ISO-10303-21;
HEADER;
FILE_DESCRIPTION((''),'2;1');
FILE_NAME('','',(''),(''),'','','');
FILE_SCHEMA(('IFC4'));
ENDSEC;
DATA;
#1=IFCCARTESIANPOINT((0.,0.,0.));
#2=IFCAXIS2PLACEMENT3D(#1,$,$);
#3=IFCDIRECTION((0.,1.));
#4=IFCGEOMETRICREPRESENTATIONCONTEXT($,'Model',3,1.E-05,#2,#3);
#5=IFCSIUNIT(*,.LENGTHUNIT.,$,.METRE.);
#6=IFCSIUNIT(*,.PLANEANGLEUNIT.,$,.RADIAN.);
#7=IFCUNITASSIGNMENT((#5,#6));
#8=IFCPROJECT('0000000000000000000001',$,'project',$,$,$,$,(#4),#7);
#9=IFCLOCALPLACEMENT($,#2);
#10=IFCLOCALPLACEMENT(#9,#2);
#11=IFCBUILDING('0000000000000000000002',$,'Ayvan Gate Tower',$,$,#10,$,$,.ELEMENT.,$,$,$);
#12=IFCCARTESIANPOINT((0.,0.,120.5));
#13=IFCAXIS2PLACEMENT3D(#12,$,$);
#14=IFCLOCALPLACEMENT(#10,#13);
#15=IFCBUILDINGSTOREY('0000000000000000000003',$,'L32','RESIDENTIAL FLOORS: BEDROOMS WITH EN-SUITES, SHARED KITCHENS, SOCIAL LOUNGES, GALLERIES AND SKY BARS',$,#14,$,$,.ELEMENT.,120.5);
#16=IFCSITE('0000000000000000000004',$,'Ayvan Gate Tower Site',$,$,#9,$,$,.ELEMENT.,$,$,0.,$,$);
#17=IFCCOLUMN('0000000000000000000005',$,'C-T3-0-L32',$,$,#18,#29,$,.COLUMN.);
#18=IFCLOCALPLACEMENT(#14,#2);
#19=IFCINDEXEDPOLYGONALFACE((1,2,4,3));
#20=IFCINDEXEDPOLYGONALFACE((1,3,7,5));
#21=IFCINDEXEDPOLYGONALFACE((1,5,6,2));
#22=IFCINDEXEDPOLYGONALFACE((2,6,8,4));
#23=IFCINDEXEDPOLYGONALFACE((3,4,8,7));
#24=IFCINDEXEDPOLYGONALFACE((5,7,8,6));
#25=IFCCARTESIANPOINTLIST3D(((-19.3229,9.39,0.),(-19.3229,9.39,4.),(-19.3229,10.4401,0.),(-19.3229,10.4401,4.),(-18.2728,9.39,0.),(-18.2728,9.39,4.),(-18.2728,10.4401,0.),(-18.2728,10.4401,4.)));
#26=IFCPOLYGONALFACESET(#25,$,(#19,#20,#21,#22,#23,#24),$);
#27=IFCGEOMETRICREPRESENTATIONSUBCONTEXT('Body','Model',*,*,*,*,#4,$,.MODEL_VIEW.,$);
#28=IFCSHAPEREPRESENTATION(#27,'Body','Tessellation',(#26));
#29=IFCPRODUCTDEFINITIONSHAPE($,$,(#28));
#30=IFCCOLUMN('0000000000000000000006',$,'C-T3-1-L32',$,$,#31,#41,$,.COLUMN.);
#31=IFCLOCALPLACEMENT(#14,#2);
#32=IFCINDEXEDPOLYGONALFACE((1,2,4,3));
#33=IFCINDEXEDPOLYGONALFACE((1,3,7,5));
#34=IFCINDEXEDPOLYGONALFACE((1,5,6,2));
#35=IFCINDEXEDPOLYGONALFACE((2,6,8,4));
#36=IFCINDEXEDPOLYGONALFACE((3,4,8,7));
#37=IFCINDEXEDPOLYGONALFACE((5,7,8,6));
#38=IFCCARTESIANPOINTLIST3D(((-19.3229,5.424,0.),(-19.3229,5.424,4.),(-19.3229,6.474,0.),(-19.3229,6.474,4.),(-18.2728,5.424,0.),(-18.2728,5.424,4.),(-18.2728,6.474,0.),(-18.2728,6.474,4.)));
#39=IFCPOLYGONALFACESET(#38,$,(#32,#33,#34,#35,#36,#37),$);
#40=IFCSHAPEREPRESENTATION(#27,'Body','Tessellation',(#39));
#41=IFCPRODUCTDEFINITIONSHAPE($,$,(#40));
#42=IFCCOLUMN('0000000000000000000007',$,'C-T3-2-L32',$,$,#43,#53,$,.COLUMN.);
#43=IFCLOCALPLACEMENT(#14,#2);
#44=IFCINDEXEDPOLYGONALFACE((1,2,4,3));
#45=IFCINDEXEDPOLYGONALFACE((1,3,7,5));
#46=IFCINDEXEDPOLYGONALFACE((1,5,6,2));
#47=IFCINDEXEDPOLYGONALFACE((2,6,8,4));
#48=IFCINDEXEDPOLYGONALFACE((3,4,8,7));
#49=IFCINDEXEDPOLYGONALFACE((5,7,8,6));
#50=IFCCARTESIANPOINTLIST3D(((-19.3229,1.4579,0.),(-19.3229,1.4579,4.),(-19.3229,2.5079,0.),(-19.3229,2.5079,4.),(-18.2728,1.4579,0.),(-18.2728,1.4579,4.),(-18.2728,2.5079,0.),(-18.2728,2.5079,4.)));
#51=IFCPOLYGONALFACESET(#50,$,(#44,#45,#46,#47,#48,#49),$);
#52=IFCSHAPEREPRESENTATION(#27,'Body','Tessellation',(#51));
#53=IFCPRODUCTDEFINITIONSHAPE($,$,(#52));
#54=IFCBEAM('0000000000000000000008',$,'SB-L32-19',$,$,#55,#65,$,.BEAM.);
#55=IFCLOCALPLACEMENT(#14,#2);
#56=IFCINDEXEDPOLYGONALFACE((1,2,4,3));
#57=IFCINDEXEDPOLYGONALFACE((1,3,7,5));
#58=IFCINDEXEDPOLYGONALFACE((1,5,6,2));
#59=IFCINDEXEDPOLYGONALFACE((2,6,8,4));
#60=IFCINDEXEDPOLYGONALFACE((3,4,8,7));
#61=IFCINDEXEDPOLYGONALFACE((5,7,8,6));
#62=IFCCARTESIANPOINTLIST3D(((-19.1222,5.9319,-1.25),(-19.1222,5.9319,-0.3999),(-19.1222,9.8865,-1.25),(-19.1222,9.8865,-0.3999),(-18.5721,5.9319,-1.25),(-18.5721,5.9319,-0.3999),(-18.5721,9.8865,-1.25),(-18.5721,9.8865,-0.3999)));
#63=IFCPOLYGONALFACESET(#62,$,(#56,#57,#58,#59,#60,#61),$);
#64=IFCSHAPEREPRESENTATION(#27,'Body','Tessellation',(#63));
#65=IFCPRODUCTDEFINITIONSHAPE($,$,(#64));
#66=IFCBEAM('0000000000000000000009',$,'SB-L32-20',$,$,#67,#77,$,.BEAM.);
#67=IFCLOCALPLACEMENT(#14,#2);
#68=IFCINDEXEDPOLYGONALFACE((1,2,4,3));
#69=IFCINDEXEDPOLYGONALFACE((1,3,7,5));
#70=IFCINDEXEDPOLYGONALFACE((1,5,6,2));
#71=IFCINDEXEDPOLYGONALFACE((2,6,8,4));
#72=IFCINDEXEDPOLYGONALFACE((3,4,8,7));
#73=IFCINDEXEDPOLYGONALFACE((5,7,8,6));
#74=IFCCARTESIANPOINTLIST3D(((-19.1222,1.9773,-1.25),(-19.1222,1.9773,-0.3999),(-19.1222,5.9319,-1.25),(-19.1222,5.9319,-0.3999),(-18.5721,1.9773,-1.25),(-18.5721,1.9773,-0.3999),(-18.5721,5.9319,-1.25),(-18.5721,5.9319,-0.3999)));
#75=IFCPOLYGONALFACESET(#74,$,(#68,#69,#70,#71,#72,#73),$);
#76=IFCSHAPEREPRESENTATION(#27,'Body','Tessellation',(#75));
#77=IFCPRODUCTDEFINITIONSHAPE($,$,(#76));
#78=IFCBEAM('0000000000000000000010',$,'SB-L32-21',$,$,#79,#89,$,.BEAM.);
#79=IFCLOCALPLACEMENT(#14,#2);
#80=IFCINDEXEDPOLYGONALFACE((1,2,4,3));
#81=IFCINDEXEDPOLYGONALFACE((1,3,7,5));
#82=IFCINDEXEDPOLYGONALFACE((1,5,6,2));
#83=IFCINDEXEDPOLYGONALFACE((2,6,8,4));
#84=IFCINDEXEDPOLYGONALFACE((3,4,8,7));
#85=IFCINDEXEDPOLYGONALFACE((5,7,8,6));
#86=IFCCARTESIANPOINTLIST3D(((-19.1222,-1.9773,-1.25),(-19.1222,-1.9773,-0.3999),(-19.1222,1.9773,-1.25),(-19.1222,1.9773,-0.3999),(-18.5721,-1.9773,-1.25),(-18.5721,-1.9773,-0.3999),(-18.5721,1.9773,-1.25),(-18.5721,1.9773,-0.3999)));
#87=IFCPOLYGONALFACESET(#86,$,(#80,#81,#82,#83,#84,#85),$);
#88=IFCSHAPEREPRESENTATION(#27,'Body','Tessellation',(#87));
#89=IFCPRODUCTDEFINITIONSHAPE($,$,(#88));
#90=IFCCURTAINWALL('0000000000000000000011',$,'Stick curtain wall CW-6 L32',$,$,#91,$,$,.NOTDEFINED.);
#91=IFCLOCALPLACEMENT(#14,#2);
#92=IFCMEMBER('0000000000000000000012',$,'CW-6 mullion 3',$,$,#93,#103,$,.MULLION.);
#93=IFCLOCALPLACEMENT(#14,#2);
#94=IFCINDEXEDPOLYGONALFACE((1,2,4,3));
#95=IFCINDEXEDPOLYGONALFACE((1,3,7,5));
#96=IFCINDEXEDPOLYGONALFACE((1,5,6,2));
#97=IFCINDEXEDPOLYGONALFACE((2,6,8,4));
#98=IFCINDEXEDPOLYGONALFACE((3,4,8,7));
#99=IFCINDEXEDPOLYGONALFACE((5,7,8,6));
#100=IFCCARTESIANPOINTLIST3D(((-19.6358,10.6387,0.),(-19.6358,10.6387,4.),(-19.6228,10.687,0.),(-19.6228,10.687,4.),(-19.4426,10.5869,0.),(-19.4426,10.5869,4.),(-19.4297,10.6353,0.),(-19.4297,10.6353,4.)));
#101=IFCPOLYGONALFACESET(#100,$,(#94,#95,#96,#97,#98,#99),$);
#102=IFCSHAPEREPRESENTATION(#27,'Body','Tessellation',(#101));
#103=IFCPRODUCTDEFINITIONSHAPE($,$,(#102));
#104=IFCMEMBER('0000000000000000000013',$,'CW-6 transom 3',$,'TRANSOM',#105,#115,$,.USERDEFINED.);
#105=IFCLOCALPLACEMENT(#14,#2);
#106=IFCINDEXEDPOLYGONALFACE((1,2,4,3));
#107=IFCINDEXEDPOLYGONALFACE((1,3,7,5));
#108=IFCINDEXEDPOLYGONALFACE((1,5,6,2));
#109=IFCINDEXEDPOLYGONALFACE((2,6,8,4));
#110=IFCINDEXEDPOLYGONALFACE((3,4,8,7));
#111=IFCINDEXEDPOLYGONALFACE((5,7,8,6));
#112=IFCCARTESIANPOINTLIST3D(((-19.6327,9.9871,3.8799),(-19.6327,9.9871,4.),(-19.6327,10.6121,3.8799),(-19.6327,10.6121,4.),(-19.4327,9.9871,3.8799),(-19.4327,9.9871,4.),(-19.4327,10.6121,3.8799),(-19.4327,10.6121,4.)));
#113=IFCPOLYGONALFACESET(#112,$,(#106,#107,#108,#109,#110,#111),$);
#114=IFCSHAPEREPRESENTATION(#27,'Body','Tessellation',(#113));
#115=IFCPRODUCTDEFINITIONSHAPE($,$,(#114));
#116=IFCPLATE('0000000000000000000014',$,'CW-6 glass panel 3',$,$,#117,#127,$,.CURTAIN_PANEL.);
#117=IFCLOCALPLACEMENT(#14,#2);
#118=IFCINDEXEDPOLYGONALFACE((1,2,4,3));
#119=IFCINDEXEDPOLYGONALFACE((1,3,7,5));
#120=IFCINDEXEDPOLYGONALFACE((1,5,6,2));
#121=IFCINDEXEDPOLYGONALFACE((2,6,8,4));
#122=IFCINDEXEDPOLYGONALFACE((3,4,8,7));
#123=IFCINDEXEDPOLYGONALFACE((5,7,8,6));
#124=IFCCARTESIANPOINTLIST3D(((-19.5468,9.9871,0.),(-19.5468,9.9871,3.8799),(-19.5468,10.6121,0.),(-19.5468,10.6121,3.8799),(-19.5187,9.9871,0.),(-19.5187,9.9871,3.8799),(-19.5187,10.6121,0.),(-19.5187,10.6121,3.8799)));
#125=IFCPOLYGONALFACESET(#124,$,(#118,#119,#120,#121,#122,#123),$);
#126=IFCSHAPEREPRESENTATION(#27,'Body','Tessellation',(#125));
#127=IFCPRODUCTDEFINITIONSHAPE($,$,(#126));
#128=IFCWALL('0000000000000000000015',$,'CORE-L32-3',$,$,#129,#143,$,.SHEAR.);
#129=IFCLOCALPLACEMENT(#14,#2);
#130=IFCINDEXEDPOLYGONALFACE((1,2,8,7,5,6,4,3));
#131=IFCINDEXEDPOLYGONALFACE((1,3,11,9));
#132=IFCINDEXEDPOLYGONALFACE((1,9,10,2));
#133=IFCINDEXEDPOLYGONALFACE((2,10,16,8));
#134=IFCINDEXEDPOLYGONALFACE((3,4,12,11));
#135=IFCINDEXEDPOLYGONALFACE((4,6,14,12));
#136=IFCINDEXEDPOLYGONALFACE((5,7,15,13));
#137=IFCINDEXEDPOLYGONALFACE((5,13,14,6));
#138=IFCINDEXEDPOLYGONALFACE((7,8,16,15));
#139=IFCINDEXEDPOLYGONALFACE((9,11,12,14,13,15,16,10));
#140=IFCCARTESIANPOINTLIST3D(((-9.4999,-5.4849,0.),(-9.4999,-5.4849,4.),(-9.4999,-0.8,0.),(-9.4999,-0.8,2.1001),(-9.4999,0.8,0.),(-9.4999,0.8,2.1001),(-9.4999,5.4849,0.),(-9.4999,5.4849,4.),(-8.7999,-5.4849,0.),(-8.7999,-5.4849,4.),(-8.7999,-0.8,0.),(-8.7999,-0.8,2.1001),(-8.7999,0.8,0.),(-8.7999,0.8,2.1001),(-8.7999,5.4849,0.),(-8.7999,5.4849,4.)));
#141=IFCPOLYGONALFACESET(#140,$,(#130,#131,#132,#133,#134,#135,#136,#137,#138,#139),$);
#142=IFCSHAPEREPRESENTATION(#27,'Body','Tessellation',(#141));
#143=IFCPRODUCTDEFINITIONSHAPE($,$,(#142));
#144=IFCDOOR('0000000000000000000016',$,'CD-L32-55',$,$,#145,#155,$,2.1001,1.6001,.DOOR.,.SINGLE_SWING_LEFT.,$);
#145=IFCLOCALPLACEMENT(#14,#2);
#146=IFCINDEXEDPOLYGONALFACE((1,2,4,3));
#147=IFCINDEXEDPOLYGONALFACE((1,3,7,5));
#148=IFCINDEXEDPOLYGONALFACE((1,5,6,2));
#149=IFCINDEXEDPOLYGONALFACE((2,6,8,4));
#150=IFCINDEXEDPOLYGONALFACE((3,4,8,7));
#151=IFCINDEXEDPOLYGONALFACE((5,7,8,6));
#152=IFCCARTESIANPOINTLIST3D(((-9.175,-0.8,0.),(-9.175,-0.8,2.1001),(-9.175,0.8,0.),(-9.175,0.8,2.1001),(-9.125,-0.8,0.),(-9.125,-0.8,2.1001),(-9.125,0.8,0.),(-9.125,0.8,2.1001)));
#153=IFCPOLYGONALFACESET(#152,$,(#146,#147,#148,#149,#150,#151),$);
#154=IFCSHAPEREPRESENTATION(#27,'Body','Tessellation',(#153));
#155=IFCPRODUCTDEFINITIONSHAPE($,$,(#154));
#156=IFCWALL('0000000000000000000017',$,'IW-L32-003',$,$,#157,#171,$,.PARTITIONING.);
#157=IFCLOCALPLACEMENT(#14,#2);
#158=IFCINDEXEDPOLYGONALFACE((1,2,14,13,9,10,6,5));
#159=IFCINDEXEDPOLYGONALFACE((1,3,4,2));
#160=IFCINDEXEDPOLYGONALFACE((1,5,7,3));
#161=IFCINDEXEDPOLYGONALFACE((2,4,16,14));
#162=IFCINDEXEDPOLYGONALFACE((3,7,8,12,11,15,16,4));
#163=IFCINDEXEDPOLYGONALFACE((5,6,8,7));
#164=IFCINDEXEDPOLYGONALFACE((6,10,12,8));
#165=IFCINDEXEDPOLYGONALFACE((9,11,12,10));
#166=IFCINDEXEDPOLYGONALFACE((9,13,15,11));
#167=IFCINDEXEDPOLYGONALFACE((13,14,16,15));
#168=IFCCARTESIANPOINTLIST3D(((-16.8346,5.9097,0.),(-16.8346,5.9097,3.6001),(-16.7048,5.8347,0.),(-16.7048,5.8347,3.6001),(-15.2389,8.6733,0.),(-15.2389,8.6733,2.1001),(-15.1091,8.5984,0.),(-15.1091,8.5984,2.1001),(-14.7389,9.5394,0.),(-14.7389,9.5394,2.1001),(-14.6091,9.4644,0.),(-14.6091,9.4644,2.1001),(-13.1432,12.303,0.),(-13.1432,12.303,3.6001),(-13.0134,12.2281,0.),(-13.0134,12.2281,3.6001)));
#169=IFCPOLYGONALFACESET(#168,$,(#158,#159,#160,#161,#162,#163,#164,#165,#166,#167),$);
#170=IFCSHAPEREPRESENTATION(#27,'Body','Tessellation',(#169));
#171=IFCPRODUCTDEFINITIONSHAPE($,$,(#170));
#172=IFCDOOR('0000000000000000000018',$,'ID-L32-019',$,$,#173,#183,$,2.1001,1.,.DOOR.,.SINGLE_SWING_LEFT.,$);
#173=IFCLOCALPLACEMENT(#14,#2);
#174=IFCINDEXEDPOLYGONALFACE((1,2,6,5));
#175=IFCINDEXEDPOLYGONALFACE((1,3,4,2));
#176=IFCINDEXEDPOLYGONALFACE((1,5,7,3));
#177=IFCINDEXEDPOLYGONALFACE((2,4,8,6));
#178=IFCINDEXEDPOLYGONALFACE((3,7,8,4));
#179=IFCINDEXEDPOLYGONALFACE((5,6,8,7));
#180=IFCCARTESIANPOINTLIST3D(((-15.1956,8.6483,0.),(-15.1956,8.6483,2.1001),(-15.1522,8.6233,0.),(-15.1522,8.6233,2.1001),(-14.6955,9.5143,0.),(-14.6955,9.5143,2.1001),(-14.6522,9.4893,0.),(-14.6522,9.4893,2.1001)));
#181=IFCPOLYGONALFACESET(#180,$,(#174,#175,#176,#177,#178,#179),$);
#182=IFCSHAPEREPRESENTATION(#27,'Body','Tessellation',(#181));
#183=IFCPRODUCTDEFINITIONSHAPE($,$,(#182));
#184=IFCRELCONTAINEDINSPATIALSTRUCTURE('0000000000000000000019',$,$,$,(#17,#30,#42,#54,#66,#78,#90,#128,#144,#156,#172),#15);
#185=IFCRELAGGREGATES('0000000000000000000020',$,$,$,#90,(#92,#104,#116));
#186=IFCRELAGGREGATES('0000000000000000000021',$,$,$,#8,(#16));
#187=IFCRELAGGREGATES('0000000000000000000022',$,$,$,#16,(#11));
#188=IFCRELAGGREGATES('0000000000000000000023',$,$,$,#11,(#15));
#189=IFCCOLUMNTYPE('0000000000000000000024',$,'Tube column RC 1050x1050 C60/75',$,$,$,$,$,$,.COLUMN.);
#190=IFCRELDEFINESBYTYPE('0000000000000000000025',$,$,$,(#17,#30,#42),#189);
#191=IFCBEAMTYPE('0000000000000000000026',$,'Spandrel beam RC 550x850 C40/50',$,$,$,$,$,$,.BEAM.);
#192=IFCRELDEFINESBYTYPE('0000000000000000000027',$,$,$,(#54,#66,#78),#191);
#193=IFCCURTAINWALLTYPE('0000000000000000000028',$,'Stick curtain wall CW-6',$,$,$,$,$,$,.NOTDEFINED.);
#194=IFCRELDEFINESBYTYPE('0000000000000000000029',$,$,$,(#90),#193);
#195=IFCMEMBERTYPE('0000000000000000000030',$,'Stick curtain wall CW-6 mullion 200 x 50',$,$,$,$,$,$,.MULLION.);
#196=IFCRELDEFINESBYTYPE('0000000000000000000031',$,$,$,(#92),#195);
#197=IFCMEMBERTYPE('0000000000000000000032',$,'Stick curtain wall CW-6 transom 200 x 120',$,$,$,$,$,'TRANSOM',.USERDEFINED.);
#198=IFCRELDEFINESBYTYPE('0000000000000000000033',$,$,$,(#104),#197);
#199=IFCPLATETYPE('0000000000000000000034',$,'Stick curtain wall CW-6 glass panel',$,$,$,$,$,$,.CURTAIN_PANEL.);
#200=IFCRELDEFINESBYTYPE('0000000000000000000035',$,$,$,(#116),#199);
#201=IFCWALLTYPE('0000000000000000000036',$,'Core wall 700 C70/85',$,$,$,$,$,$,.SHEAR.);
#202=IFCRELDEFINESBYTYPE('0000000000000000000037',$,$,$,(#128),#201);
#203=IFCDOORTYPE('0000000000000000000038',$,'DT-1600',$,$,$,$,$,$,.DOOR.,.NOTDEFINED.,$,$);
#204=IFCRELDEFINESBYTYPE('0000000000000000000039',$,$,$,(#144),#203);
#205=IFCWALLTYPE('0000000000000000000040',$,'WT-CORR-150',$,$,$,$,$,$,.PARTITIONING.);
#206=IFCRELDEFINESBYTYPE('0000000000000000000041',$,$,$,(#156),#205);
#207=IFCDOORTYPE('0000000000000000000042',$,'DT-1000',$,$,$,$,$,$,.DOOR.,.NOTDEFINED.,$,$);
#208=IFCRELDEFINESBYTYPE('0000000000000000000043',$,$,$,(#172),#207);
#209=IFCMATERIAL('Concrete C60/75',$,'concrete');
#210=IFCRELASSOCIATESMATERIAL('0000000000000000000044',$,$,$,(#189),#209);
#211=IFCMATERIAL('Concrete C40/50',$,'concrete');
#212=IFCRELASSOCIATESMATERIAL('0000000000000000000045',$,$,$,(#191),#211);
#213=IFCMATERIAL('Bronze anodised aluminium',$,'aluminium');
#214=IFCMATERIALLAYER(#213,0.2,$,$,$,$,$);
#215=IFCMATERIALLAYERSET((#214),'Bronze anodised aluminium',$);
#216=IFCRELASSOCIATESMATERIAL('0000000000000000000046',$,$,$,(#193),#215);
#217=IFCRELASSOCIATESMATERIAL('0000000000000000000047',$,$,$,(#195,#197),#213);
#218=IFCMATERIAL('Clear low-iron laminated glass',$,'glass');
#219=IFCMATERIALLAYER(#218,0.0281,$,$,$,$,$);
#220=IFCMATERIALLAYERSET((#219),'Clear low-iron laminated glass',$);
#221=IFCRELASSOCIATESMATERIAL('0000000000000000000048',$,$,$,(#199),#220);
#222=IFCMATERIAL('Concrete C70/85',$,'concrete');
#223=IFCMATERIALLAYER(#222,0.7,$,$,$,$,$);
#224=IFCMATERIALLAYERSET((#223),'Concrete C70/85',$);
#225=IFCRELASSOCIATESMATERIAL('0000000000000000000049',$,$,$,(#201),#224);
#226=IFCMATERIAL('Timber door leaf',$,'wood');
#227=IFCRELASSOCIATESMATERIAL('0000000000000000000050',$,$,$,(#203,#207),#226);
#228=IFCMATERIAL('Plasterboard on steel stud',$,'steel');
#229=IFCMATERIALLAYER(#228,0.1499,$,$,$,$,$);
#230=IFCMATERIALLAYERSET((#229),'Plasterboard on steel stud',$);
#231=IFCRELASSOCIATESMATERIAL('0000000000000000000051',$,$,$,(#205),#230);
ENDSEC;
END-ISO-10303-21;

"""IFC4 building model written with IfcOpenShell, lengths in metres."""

from ifc_helpers import new_model, si_unit, direction, frame, frame_2d, origin, origin_2d, place, context, subcontext, project, spatial, rectangle, extrude, material, layer, layer_set, material_profile, profile_set, type_object, element, fill, aggregate, save


model = new_model("IFC4")

# Units and contexts
model_context = context("Model", 3, precision=1e-05, world=origin(), true_north=direction((0.0, 1.0)))
body_context = subcontext(model_context, "Body", "Model", "MODEL_VIEW")
ifc_project = project(units=[si_unit("LENGTHUNIT", "METRE"), si_unit("PLANEANGLEUNIT", "RADIAN")], contexts=[model_context])

# Site, building, storey
site_placement = place(None, origin())
site = spatial("IfcSite", under=ifc_project, at=site_placement, Name="Ayvan Gate Tower Site", CompositionType="ELEMENT", RefElevation=0.0)
building_placement = place(site_placement, origin())
building = spatial("IfcBuilding", under=site, at=building_placement, Name="Ayvan Gate Tower", CompositionType="ELEMENT")
storey_placement = place(building_placement, frame((0.0, 0.0, 120.5)))
storey = spatial("IfcBuildingStorey", under=building, at=storey_placement, Name="L32", Description="RESIDENTIAL FLOORS: BEDROOMS WITH EN-SUITES, SHARED KITCHENS, SOCIAL LOUNGES, GALLERIES AND SKY BARS", CompositionType="ELEMENT", Elevation=120.5)

# Columns
ifc_material_1 = material(Name="Concrete C60/75", Category="concrete")
ifc_material_profile_1 = material_profile(ifc_material_1, rectangle(XDim=1.05, YDim=1.05, at=origin_2d()), Name="RC 1050x1050")
ifc_profile_set_1 = profile_set([ifc_material_profile_1], Name="Concrete C60/75")
column_type = type_object("IfcColumnType", Name="Tube column RC 1050x1050 C60/75", PredefinedType="COLUMN", material=ifc_profile_set_1)
for number, where, z_axis, x_axis, name in (
    (1, (-18.7979, 9.915, 0.0), (0.0, 0.0, 1.0), (-1.0, 0.0, 0.0), "C-T3-0-L32"),
    (2, (-18.7979, 5.949, 0.0), (0.0, 0.0, 1.0), (-1.0, 0.0, 0.0), "C-T3-1-L32"),
    (3, (-18.7979, 1.9829, 0.0), (0.0, 0.0, 1.0), (-1.0, 0.0, 0.0), "C-T3-2-L32"),
):
    element("IfcColumn", number, at=place(storey_placement, frame(where, z_axis=z_axis, x_axis=x_axis)), inside=storey, type_object=column_type, Name=name, PredefinedType="COLUMN", context=body_context, shape_type="SweptSolid", body=[
        extrude(rectangle(XDim=1.05, YDim=1.05, at=origin_2d()), origin(), (0.0, 0.0, 1.0), 4.0),
    ])

# Beams
ifc_material_2 = material(Name="Concrete C40/50", Category="concrete")
ifc_material_profile_2 = material_profile(ifc_material_2, rectangle(XDim=0.55, YDim=0.8501, at=origin_2d()), Name="RC 550x850")
ifc_profile_set_2 = profile_set([ifc_material_profile_2], Name="Concrete C40/50")
beam_type = type_object("IfcBeamType", Name="Spandrel beam RC 550x850 C40/50", PredefinedType="BEAM", material=ifc_profile_set_2)
for number, where, z_axis, x_axis, name in (
    (4, (-18.8472, 9.8865, -0.825), (0.0, -1.0, 0.0), (1.0, 0.0, 0.0), "SB-L32-19"),
    (5, (-18.8472, 5.9319, -0.825), (0.0, -1.0, 0.0), (1.0, 0.0, 0.0), "SB-L32-20"),
    (6, (-18.8472, 1.9773, -0.825), (0.0, -1.0, 0.0), (1.0, 0.0, 0.0), "SB-L32-21"),
):
    element("IfcBeam", number, at=place(storey_placement, frame(where, z_axis=z_axis, x_axis=x_axis)), inside=storey, type_object=beam_type, Name=name, PredefinedType="BEAM", context=body_context, shape_type="SweptSolid", body=[
        extrude(rectangle(XDim=0.55, YDim=0.8501, at=origin_2d()), origin(), (0.0, 0.0, 1.0), 3.9546),
    ])

# Curtain wall, members, plate
ifc_material_3 = material(Name="Bronze anodised aluminium", Category="aluminium")
ifc_layer_1 = layer(ifc_material_3, 0.2)
ifc_layer_set_1 = layer_set([ifc_layer_1], Name="Bronze anodised aluminium")
curtain_wall_type = type_object("IfcCurtainWallType", Name="Stick curtain wall CW-6", PredefinedType="NOTDEFINED", material=ifc_layer_set_1)
curtain_wall_placement = place(storey_placement, origin())
curtain_wall = element("IfcCurtainWall", 7, at=curtain_wall_placement, inside=storey, type_object=curtain_wall_type, Name="Stick curtain wall CW-6 L32", PredefinedType="NOTDEFINED")
ifc_material_profile_3 = material_profile(ifc_material_3, rectangle(XDim=0.2, YDim=0.05, at=origin_2d()), Name="Stick curtain wall CW-6 mullion 200 x 50")
ifc_profile_set_3 = profile_set([ifc_material_profile_3], Name="Bronze anodised aluminium")
member_type_1 = type_object("IfcMemberType", Name="Stick curtain wall CW-6 mullion 200 x 50", PredefinedType="MULLION", material=ifc_profile_set_3)
member_1_placement = place(storey_placement, frame((-19.5327, 10.637, 0.0), z_axis=(0.0, 0.0, 1.0), x_axis=(-0.965926, 0.258819, 0.0)))
member_1 = element("IfcMember", 8, at=member_1_placement, type_object=member_type_1, Name="CW-6 mullion 3", PredefinedType="MULLION", context=body_context, shape_type="SweptSolid", body=[
    extrude(rectangle(XDim=0.2, YDim=0.05, at=origin_2d()), origin(), (0.0, 0.0, 1.0), 4.0),
])
ifc_material_profile_4 = material_profile(ifc_material_3, rectangle(XDim=0.2, YDim=0.1201, at=origin_2d()), Name="Stick curtain wall CW-6 transom 200 x 120")
ifc_profile_set_4 = profile_set([ifc_material_profile_4], Name="Bronze anodised aluminium")
member_type_2 = type_object("IfcMemberType", Name="Stick curtain wall CW-6 transom 200 x 120", ElementType="TRANSOM", PredefinedType="USERDEFINED", material=ifc_profile_set_4)
member_2_placement = place(storey_placement, frame((-19.5327, 10.6121, 3.9399), z_axis=(0.0, -1.0, 0.0), x_axis=(1.0, 0.0, 0.0)))
member_2 = element("IfcMember", 9, at=member_2_placement, type_object=member_type_2, Name="CW-6 transom 3", ObjectType="TRANSOM", PredefinedType="USERDEFINED", context=body_context, shape_type="SweptSolid", body=[
    extrude(rectangle(XDim=0.2, YDim=0.1201, at=origin_2d()), origin(), (0.0, 0.0, 1.0), 0.625),
])
ifc_material_4 = material(Name="Clear low-iron laminated glass", Category="glass")
ifc_layer_2 = layer(ifc_material_4, 0.0281)
ifc_layer_set_2 = layer_set([ifc_layer_2], Name="Clear low-iron laminated glass")
plate_type = type_object("IfcPlateType", Name="Stick curtain wall CW-6 glass panel", PredefinedType="CURTAIN_PANEL", material=ifc_layer_set_2)
plate_placement = place(storey_placement, frame((-19.5327, 10.2996, 0.0), z_axis=(0.0, 0.0, 1.0), x_axis=(0.0, -1.0, 0.0)))
plate = element("IfcPlate", 10, at=plate_placement, type_object=plate_type, Name="CW-6 glass panel 3", PredefinedType="CURTAIN_PANEL", context=body_context, shape_type="SweptSolid", body=[
    extrude(rectangle(XDim=0.625, YDim=0.0281, at=origin_2d()), origin(), (0.0, 0.0, 1.0), 3.8799),
])
aggregate(curtain_wall, [member_1, member_2, plate])

# Walls, openings, doors
ifc_material_5 = material(Name="Concrete C70/85", Category="concrete")
ifc_layer_3 = layer(ifc_material_5, 0.7)
ifc_layer_set_3 = layer_set([ifc_layer_3], Name="Concrete C70/85")
wall_type_1 = type_object("IfcWallType", Name="Core wall 700 C70/85", PredefinedType="SHEAR", material=ifc_layer_set_3)
wall_1_placement = place(storey_placement, frame((-9.1499, 5.4849, 0.0), z_axis=(0.0, 0.0, 1.0), x_axis=(0.0, -1.0, 0.0)))
wall_1 = element("IfcWall", 11, at=wall_1_placement, inside=storey, type_object=wall_type_1, Name="CORE-L32-3", PredefinedType="SHEAR", context=body_context, shape_type="SweptSolid", body=[
    extrude(rectangle(XDim=10.9697, YDim=0.7, at=frame_2d((5.4849, 0.0))), origin(), (0.0, 0.0, 1.0), 4.0),
])
opening_1_placement = place(wall_1_placement, frame((4.6848, 0.0, 0.0)))
opening_1 = element("IfcOpeningElement", 12, at=opening_1_placement, cuts=wall_1, PredefinedType="OPENING", context=body_context, shape_type="SweptSolid", body=[
    extrude(rectangle(XDim=1.6001, YDim=2.1001, at=frame_2d((0.8, 1.05))), frame((0.0, 0.3599, 0.0), z_axis=(0.0, -1.0, 0.0), x_axis=(1.0, 0.0, 0.0)), (0.0, 0.0, 1.0), 0.72),
])
ifc_material_6 = material(Name="Timber door leaf", Category="wood")
door_type_1 = type_object("IfcDoorType", Name="DT-1600", OperationType="NOTDEFINED", PredefinedType="DOOR", material=ifc_material_6)
door_1_placement = place(opening_1_placement, origin())
door_1 = element("IfcDoor", 13, at=door_1_placement, inside=storey, type_object=door_type_1, Name="CD-L32-55", OperationType="SINGLE_SWING_LEFT", OverallHeight=2.1001, OverallWidth=1.6001, PredefinedType="DOOR", context=body_context, shape_type="SweptSolid", body=[
    extrude(rectangle(XDim=1.6001, YDim=2.1001, at=frame_2d((0.8, 1.05))), frame((0.0, 0.0249, 0.0), z_axis=(0.0, -1.0, 0.0), x_axis=(1.0, 0.0, 0.0)), (0.0, 0.0, 1.0), 0.05),
])
fill(opening_1, door_1)
ifc_material_7 = material(Name="Plasterboard on steel stud", Category="steel")
ifc_layer_4 = layer(ifc_material_7, 0.1499)
ifc_layer_set_4 = layer_set([ifc_layer_4], Name="Plasterboard on steel stud")
wall_type_2 = type_object("IfcWallType", Name="WT-CORR-150", PredefinedType="PARTITIONING", material=ifc_layer_set_4)
wall_2_placement = place(storey_placement, frame((-16.7698, 5.8721, 0.0), z_axis=(0.0, 0.0, 1.0), x_axis=(0.500023, 0.866012, 0.0)))
wall_2 = element("IfcWall", 14, at=wall_2_placement, inside=storey, type_object=wall_type_2, Name="IW-L32-003", PredefinedType="PARTITIONING", context=body_context, shape_type="SweptSolid", body=[
    extrude(rectangle(XDim=7.3826, YDim=0.1499, at=frame_2d((3.6914, 0.0))), origin(), (0.0, 0.0, 1.0), 3.6001),
])
opening_2_placement = place(wall_2_placement, frame((3.1914, 0.0, 0.0)))
opening_2 = element("IfcOpeningElement", 15, at=opening_2_placement, cuts=wall_2, PredefinedType="OPENING", context=body_context, shape_type="SweptSolid", body=[
    extrude(rectangle(XDim=1.0, YDim=2.1001, at=frame_2d((0.5, 1.05))), frame((0.0, 0.085, 0.0), z_axis=(0.0, -1.0, 0.0), x_axis=(1.0, 0.0, 0.0)), (0.0, 0.0, 1.0), 0.1699),
])
door_type_2 = type_object("IfcDoorType", Name="DT-1000", OperationType="NOTDEFINED", PredefinedType="DOOR", material=ifc_material_6)
door_2_placement = place(opening_2_placement, origin())
door_2 = element("IfcDoor", 16, at=door_2_placement, inside=storey, type_object=door_type_2, Name="ID-L32-019", OperationType="SINGLE_SWING_LEFT", OverallHeight=2.1001, OverallWidth=1.0, PredefinedType="DOOR", context=body_context, shape_type="SweptSolid", body=[
    extrude(rectangle(XDim=1.0, YDim=2.1001, at=frame_2d((0.5, 1.05))), frame((0.0, 0.0249, 0.0), z_axis=(0.0, -1.0, 0.0), x_axis=(1.0, 0.0, 0.0)), (0.0, 0.0, 1.0), 0.05),
])
fill(opening_2, door_2)

save(model, "model.ifc")
